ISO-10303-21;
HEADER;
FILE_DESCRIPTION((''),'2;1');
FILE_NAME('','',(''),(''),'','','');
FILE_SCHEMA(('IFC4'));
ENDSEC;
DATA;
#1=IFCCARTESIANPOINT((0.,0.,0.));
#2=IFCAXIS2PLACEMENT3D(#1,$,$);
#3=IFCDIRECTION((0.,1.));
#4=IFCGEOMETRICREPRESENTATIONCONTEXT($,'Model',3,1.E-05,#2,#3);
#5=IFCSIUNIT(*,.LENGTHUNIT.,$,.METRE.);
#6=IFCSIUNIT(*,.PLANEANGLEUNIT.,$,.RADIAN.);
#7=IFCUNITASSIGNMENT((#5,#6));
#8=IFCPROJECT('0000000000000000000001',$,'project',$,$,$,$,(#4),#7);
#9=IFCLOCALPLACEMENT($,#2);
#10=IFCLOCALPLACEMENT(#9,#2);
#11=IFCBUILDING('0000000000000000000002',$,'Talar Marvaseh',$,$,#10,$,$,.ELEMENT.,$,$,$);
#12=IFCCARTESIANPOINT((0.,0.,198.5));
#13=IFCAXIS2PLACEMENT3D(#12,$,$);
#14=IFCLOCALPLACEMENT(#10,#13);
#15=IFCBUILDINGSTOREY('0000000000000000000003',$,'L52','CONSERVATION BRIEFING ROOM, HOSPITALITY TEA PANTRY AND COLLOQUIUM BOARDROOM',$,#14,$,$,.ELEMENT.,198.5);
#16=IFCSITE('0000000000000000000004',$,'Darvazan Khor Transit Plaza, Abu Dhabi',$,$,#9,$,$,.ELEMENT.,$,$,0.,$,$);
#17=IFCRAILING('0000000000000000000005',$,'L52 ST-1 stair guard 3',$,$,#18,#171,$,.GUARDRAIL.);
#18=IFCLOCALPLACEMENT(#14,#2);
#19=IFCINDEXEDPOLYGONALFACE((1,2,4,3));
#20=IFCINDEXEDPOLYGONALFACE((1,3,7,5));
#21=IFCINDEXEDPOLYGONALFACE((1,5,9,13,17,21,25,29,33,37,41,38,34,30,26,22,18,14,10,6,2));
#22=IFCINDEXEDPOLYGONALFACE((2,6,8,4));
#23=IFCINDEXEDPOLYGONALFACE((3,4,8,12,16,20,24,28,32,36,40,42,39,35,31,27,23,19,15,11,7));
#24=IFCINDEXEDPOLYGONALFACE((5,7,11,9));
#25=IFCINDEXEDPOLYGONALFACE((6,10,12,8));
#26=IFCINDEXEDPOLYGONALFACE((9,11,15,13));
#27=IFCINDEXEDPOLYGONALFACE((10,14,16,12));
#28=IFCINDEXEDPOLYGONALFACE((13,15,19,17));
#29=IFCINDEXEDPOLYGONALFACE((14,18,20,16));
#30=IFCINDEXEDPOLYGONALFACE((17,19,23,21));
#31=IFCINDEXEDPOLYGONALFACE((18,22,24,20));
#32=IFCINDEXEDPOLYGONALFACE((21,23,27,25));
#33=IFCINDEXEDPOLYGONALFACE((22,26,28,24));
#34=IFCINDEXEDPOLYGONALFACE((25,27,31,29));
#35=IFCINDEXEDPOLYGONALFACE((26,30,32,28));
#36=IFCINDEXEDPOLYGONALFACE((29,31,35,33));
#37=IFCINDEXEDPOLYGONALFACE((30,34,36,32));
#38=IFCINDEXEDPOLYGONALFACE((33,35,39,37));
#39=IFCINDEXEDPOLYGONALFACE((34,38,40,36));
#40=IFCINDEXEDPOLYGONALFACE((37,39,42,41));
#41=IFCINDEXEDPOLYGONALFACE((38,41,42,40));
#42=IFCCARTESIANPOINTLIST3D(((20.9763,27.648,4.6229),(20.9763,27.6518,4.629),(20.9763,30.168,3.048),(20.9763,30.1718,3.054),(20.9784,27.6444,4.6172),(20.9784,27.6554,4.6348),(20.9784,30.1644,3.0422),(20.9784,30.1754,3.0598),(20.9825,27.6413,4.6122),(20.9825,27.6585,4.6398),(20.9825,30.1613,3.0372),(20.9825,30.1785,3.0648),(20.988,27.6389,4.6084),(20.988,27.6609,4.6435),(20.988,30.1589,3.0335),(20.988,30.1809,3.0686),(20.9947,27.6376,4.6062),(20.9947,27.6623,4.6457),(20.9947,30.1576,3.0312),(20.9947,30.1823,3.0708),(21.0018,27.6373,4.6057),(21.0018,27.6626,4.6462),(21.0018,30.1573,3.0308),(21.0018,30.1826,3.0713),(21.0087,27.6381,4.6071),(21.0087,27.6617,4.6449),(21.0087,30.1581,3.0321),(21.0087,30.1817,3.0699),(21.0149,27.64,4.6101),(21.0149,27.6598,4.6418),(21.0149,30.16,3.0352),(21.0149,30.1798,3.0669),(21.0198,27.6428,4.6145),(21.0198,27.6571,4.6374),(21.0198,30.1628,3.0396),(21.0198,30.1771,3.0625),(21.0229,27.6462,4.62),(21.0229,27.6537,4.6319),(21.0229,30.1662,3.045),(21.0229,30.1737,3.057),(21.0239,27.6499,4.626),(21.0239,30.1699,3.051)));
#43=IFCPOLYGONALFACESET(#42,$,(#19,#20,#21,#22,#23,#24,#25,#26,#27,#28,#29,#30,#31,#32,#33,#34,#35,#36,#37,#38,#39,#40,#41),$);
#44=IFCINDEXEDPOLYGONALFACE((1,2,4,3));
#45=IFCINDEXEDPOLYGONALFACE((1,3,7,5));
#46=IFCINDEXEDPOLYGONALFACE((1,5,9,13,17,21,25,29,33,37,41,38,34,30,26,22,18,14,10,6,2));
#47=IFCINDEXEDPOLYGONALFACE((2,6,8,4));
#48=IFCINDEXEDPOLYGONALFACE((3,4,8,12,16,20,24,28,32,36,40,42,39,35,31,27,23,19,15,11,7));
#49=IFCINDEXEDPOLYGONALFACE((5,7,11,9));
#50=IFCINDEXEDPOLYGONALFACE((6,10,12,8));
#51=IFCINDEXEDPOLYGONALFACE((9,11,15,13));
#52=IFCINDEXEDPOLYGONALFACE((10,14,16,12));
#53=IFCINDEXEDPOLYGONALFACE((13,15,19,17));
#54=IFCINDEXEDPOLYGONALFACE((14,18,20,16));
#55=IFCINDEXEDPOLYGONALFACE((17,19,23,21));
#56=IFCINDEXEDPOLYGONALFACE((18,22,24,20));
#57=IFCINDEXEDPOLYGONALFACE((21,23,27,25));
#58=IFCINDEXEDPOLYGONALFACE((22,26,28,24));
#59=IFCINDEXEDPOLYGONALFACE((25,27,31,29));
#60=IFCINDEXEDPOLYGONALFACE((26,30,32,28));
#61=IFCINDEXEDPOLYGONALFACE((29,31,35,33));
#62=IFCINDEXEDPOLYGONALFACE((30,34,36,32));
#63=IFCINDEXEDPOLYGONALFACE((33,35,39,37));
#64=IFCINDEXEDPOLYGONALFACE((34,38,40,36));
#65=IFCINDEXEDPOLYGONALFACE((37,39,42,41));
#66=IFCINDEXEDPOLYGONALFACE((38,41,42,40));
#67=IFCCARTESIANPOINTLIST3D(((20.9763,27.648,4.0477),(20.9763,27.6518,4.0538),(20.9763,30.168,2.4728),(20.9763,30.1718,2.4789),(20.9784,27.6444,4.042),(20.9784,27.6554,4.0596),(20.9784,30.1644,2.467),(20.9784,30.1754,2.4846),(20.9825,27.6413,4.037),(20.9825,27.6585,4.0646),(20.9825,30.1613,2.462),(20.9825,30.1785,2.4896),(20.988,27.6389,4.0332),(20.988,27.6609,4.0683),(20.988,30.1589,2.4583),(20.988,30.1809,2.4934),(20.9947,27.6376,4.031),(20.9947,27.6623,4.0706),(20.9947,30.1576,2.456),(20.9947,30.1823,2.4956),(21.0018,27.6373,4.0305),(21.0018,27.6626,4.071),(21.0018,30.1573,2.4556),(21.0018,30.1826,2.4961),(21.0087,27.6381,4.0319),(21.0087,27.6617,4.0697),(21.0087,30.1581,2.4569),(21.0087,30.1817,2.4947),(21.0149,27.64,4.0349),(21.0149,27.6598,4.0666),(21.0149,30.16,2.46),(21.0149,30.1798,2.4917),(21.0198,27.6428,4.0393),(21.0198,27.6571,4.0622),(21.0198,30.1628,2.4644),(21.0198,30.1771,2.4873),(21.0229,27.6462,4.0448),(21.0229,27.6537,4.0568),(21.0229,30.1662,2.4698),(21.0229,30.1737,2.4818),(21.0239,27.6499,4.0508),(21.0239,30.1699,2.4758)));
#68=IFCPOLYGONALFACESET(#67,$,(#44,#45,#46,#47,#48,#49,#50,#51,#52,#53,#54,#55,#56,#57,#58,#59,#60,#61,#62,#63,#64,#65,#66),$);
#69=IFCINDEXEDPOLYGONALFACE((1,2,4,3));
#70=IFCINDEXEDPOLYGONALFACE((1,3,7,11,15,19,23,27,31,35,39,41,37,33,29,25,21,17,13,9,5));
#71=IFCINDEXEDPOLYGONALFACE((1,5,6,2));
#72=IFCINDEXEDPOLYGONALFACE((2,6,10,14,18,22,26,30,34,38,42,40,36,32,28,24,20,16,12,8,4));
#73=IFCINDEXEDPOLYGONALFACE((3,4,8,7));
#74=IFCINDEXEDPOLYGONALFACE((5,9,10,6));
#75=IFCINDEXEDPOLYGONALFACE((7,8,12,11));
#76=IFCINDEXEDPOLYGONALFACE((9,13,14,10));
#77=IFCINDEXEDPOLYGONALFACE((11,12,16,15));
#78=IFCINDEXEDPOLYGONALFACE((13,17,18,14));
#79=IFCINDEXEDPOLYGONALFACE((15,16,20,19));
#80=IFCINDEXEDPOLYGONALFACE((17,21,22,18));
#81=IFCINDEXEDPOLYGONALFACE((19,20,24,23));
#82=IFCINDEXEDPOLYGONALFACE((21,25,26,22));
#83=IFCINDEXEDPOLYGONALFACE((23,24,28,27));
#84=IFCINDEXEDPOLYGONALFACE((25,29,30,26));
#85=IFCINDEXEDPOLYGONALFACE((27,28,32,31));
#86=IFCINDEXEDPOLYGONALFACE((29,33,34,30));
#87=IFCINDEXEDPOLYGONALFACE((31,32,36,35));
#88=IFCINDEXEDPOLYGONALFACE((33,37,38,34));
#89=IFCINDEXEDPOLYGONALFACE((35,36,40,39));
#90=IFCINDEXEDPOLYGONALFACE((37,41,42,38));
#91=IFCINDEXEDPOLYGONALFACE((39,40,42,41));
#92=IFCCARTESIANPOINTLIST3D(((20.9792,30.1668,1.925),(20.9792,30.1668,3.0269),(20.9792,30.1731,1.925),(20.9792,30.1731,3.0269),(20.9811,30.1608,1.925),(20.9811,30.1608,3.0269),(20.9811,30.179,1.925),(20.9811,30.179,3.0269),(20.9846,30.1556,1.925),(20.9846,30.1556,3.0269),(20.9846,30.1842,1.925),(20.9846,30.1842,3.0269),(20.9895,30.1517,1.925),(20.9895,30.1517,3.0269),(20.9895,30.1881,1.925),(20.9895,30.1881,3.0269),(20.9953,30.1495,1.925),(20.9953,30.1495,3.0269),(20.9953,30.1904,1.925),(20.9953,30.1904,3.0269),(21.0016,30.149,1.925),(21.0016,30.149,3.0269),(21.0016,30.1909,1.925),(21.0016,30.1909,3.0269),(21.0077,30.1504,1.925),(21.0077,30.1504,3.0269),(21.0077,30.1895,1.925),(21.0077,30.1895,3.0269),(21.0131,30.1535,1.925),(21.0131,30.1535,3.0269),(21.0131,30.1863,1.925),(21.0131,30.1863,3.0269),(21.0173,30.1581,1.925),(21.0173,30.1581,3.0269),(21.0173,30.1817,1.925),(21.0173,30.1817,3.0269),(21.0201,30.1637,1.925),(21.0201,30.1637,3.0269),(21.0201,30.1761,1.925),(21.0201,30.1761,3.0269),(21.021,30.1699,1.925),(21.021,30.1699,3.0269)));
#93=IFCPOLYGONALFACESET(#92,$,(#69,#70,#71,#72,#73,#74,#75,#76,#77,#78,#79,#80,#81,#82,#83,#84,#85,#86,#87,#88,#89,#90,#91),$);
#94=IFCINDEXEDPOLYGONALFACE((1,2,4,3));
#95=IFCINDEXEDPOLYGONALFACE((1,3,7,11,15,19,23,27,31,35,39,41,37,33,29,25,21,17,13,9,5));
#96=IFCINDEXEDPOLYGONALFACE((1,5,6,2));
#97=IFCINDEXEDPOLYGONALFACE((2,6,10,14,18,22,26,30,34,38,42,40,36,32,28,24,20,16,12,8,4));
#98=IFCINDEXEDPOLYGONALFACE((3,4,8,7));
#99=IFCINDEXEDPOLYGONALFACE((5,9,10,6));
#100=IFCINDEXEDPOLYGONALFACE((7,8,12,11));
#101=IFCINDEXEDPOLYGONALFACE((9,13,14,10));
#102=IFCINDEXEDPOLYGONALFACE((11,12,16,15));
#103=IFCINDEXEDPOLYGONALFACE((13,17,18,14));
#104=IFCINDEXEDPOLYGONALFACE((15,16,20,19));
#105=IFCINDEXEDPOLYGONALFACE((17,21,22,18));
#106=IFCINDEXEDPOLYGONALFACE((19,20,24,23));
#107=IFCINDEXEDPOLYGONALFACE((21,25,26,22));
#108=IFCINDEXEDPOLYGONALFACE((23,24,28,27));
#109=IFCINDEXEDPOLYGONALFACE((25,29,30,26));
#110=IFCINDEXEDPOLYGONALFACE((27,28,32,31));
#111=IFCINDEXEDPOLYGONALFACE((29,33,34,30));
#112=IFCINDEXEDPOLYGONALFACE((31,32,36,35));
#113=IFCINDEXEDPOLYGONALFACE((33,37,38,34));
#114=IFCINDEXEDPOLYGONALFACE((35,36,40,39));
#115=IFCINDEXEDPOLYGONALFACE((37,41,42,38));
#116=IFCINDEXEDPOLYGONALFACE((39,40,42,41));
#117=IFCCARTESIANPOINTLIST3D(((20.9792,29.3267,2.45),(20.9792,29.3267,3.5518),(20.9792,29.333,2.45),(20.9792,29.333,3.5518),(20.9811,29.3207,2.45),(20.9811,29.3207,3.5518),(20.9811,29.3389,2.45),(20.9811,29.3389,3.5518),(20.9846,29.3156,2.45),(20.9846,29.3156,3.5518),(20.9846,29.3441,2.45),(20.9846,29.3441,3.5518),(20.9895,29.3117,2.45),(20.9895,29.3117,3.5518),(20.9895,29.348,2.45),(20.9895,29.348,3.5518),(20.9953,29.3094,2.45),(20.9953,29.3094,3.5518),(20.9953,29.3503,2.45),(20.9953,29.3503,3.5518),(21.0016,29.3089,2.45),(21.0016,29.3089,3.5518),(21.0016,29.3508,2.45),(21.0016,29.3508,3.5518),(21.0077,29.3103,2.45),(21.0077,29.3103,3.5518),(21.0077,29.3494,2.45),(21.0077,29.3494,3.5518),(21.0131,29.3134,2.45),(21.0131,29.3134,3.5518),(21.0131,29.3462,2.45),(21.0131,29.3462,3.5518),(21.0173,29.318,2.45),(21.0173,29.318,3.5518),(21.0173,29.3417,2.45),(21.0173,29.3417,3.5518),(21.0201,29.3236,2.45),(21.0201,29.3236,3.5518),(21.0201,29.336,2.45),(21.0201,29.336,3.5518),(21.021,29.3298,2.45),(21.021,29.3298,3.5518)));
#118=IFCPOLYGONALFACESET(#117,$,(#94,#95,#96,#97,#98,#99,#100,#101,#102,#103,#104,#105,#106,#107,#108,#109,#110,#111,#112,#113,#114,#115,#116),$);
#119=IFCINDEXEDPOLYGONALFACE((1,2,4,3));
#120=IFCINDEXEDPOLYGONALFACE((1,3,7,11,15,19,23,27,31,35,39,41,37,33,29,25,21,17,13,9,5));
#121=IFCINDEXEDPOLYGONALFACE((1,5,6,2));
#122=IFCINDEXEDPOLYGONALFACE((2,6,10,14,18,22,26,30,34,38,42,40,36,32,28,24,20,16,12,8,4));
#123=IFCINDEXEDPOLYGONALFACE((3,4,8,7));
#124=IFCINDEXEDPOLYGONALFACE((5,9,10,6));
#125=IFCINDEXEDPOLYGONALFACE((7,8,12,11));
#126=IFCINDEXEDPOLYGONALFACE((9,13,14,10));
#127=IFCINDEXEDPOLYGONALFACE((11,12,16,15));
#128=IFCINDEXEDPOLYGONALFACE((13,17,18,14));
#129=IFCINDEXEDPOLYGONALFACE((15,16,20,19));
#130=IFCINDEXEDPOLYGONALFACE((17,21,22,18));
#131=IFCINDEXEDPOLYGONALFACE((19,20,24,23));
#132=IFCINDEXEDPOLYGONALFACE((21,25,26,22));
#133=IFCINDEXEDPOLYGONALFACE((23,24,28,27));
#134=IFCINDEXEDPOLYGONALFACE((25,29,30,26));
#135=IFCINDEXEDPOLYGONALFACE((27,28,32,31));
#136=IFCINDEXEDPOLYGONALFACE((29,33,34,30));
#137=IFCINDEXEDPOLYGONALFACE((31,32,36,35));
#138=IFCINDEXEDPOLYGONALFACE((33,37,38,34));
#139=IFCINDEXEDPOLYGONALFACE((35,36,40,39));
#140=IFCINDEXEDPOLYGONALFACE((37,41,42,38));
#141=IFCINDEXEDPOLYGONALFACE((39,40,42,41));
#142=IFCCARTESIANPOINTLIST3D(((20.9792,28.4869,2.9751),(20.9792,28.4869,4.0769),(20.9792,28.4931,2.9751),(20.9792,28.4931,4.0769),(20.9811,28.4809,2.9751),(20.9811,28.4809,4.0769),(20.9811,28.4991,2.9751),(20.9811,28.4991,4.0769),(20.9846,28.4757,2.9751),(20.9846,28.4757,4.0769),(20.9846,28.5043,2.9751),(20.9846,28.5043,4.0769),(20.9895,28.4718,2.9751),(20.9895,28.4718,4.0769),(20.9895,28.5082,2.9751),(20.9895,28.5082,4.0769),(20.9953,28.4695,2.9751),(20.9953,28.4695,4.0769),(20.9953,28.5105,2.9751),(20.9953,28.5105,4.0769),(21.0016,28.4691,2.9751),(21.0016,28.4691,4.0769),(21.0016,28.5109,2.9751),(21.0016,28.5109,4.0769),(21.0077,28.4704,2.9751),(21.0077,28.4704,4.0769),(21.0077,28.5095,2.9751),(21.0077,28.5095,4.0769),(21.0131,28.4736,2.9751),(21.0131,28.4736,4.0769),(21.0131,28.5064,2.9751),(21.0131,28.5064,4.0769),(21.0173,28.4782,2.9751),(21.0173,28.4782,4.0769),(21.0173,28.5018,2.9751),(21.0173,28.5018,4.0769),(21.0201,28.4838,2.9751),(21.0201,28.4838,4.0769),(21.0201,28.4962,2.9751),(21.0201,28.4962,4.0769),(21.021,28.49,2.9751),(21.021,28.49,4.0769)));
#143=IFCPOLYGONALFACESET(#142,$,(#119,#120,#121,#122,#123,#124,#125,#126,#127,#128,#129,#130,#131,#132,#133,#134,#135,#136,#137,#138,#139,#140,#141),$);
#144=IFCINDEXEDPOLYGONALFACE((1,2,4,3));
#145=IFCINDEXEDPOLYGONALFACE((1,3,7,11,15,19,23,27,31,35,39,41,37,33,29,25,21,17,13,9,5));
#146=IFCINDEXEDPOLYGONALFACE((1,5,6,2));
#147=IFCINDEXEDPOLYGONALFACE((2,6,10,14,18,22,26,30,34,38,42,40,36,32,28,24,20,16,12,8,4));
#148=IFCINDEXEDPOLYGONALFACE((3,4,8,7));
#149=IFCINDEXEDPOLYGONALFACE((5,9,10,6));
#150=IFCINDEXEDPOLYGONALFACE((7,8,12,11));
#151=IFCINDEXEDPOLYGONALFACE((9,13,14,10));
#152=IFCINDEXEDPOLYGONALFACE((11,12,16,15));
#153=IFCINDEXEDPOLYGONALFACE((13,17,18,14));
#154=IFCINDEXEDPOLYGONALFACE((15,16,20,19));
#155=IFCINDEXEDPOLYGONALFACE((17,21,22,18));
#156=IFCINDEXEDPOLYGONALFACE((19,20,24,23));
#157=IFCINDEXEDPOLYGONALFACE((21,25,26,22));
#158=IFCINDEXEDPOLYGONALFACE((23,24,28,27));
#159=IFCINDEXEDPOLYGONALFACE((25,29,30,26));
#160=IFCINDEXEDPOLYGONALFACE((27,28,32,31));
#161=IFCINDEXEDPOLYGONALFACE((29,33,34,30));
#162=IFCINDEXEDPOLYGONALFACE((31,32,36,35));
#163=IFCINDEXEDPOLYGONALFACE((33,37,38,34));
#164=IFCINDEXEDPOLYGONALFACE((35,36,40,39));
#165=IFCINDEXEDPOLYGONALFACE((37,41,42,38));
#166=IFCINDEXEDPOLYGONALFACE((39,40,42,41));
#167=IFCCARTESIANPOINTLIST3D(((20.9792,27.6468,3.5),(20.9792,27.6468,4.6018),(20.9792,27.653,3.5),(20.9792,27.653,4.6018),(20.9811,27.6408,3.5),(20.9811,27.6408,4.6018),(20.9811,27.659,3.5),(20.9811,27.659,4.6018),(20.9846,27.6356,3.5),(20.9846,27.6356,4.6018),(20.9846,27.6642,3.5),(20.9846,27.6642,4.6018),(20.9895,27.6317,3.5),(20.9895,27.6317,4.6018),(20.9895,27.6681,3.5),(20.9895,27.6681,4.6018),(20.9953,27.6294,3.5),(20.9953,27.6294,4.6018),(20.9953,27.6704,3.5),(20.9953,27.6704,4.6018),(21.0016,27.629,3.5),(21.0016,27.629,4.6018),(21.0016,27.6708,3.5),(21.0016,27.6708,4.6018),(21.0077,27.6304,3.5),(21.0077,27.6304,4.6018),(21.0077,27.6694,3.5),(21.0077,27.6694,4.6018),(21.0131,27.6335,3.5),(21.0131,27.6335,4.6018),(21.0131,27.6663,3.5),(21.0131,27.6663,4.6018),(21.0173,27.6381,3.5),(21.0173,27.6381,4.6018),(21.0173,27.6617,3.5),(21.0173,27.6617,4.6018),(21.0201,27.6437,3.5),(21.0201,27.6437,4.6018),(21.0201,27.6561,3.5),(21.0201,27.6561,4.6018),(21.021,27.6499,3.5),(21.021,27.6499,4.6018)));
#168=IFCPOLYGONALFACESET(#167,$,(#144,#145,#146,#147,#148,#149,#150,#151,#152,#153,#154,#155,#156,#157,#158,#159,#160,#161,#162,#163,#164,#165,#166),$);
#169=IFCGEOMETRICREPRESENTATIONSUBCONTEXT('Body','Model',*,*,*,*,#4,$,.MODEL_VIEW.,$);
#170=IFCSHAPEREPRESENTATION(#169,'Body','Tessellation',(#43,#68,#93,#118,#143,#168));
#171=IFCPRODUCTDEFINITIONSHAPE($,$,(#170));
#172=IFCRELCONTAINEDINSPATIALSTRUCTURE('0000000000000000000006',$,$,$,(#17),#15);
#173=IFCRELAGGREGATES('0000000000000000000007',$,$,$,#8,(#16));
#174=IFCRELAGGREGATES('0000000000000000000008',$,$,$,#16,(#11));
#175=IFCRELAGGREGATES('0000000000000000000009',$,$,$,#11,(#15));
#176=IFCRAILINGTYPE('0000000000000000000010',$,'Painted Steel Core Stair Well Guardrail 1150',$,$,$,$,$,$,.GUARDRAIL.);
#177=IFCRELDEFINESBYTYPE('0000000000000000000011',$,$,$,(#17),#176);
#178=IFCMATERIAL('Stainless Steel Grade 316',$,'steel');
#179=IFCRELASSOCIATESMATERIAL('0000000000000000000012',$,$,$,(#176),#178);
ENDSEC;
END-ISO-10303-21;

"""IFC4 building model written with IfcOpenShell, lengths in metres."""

from ifc_helpers import new_model, si_unit, direction, frame, origin, origin_2d, place, context, subcontext, project, spatial, circle, extrude, material, type_object, element, save


model = new_model("IFC4")

# Units and contexts
model_context = context("Model", 3, precision=1e-05, world=origin(), true_north=direction((0.0, 1.0)))
body_context = subcontext(model_context, "Body", "Model", "MODEL_VIEW")
ifc_project = project(units=[si_unit("LENGTHUNIT", "METRE"), si_unit("PLANEANGLEUNIT", "RADIAN")], contexts=[model_context])

# Site, building, storey
site_placement = place(None, origin())
site = spatial("IfcSite", under=ifc_project, at=site_placement, Name="Darvazan Khor Transit Plaza, Abu Dhabi", CompositionType="ELEMENT", RefElevation=0.0)
building_placement = place(site_placement, origin())
building = spatial("IfcBuilding", under=site, at=building_placement, Name="Talar Marvaseh", CompositionType="ELEMENT")
storey_placement = place(building_placement, frame((0.0, 0.0, 198.5)))
storey = spatial("IfcBuildingStorey", under=building, at=storey_placement, Name="L52", Description="CONSERVATION BRIEFING ROOM, HOSPITALITY TEA PANTRY AND COLLOQUIUM BOARDROOM", CompositionType="ELEMENT", Elevation=198.5)

# Railing
ifc_material_1 = material(Name="Stainless Steel Grade 316", Category="steel")
railing_type_1 = type_object("IfcRailingType", Name="Painted Steel Core Stair Well Guardrail 1150", PredefinedType="GUARDRAIL", material=ifc_material_1)
railing_1_placement = place(storey_placement, frame((21.0, 30.1699, 1.925)))
element("IfcRailing", 1, at=railing_1_placement, inside=storey, type_object=railing_type_1, Name="L52 ST-1 stair guard 3", PredefinedType="GUARDRAIL", context=body_context, shape_type="SweptSolid", body=[
    extrude(circle(Radius=0.0239, at=origin_2d()), frame((0.0, 0.0, 1.126), z_axis=(0.0, -0.848008, 0.529984), x_axis=(1.0, 0.0, 0.0)), (0.0, 0.0, 1.0), 2.9717),
    extrude(circle(Radius=0.0239, at=origin_2d()), frame((0.0, 0.0, 0.5508), z_axis=(0.0, -0.848008, 0.529984), x_axis=(1.0, 0.0, 0.0)), (0.0, 0.0, 1.0), 2.9717),
    extrude(circle(Radius=0.021, at=origin_2d()), origin(), (0.0, 0.0, 1.0), 1.1018),
    extrude(circle(Radius=0.021, at=origin_2d()), frame((0.0, -0.8401, 0.5249)), (0.0, 0.0, 1.0), 1.1018),
    extrude(circle(Radius=0.021, at=origin_2d()), frame((0.0, -1.6799, 1.05)), (0.0, 0.0, 1.0), 1.1018),
    extrude(circle(Radius=0.021, at=origin_2d()), frame((0.0, -2.52, 1.575)), (0.0, 0.0, 1.0), 1.1018),
])

save(model, "model.ifc")
